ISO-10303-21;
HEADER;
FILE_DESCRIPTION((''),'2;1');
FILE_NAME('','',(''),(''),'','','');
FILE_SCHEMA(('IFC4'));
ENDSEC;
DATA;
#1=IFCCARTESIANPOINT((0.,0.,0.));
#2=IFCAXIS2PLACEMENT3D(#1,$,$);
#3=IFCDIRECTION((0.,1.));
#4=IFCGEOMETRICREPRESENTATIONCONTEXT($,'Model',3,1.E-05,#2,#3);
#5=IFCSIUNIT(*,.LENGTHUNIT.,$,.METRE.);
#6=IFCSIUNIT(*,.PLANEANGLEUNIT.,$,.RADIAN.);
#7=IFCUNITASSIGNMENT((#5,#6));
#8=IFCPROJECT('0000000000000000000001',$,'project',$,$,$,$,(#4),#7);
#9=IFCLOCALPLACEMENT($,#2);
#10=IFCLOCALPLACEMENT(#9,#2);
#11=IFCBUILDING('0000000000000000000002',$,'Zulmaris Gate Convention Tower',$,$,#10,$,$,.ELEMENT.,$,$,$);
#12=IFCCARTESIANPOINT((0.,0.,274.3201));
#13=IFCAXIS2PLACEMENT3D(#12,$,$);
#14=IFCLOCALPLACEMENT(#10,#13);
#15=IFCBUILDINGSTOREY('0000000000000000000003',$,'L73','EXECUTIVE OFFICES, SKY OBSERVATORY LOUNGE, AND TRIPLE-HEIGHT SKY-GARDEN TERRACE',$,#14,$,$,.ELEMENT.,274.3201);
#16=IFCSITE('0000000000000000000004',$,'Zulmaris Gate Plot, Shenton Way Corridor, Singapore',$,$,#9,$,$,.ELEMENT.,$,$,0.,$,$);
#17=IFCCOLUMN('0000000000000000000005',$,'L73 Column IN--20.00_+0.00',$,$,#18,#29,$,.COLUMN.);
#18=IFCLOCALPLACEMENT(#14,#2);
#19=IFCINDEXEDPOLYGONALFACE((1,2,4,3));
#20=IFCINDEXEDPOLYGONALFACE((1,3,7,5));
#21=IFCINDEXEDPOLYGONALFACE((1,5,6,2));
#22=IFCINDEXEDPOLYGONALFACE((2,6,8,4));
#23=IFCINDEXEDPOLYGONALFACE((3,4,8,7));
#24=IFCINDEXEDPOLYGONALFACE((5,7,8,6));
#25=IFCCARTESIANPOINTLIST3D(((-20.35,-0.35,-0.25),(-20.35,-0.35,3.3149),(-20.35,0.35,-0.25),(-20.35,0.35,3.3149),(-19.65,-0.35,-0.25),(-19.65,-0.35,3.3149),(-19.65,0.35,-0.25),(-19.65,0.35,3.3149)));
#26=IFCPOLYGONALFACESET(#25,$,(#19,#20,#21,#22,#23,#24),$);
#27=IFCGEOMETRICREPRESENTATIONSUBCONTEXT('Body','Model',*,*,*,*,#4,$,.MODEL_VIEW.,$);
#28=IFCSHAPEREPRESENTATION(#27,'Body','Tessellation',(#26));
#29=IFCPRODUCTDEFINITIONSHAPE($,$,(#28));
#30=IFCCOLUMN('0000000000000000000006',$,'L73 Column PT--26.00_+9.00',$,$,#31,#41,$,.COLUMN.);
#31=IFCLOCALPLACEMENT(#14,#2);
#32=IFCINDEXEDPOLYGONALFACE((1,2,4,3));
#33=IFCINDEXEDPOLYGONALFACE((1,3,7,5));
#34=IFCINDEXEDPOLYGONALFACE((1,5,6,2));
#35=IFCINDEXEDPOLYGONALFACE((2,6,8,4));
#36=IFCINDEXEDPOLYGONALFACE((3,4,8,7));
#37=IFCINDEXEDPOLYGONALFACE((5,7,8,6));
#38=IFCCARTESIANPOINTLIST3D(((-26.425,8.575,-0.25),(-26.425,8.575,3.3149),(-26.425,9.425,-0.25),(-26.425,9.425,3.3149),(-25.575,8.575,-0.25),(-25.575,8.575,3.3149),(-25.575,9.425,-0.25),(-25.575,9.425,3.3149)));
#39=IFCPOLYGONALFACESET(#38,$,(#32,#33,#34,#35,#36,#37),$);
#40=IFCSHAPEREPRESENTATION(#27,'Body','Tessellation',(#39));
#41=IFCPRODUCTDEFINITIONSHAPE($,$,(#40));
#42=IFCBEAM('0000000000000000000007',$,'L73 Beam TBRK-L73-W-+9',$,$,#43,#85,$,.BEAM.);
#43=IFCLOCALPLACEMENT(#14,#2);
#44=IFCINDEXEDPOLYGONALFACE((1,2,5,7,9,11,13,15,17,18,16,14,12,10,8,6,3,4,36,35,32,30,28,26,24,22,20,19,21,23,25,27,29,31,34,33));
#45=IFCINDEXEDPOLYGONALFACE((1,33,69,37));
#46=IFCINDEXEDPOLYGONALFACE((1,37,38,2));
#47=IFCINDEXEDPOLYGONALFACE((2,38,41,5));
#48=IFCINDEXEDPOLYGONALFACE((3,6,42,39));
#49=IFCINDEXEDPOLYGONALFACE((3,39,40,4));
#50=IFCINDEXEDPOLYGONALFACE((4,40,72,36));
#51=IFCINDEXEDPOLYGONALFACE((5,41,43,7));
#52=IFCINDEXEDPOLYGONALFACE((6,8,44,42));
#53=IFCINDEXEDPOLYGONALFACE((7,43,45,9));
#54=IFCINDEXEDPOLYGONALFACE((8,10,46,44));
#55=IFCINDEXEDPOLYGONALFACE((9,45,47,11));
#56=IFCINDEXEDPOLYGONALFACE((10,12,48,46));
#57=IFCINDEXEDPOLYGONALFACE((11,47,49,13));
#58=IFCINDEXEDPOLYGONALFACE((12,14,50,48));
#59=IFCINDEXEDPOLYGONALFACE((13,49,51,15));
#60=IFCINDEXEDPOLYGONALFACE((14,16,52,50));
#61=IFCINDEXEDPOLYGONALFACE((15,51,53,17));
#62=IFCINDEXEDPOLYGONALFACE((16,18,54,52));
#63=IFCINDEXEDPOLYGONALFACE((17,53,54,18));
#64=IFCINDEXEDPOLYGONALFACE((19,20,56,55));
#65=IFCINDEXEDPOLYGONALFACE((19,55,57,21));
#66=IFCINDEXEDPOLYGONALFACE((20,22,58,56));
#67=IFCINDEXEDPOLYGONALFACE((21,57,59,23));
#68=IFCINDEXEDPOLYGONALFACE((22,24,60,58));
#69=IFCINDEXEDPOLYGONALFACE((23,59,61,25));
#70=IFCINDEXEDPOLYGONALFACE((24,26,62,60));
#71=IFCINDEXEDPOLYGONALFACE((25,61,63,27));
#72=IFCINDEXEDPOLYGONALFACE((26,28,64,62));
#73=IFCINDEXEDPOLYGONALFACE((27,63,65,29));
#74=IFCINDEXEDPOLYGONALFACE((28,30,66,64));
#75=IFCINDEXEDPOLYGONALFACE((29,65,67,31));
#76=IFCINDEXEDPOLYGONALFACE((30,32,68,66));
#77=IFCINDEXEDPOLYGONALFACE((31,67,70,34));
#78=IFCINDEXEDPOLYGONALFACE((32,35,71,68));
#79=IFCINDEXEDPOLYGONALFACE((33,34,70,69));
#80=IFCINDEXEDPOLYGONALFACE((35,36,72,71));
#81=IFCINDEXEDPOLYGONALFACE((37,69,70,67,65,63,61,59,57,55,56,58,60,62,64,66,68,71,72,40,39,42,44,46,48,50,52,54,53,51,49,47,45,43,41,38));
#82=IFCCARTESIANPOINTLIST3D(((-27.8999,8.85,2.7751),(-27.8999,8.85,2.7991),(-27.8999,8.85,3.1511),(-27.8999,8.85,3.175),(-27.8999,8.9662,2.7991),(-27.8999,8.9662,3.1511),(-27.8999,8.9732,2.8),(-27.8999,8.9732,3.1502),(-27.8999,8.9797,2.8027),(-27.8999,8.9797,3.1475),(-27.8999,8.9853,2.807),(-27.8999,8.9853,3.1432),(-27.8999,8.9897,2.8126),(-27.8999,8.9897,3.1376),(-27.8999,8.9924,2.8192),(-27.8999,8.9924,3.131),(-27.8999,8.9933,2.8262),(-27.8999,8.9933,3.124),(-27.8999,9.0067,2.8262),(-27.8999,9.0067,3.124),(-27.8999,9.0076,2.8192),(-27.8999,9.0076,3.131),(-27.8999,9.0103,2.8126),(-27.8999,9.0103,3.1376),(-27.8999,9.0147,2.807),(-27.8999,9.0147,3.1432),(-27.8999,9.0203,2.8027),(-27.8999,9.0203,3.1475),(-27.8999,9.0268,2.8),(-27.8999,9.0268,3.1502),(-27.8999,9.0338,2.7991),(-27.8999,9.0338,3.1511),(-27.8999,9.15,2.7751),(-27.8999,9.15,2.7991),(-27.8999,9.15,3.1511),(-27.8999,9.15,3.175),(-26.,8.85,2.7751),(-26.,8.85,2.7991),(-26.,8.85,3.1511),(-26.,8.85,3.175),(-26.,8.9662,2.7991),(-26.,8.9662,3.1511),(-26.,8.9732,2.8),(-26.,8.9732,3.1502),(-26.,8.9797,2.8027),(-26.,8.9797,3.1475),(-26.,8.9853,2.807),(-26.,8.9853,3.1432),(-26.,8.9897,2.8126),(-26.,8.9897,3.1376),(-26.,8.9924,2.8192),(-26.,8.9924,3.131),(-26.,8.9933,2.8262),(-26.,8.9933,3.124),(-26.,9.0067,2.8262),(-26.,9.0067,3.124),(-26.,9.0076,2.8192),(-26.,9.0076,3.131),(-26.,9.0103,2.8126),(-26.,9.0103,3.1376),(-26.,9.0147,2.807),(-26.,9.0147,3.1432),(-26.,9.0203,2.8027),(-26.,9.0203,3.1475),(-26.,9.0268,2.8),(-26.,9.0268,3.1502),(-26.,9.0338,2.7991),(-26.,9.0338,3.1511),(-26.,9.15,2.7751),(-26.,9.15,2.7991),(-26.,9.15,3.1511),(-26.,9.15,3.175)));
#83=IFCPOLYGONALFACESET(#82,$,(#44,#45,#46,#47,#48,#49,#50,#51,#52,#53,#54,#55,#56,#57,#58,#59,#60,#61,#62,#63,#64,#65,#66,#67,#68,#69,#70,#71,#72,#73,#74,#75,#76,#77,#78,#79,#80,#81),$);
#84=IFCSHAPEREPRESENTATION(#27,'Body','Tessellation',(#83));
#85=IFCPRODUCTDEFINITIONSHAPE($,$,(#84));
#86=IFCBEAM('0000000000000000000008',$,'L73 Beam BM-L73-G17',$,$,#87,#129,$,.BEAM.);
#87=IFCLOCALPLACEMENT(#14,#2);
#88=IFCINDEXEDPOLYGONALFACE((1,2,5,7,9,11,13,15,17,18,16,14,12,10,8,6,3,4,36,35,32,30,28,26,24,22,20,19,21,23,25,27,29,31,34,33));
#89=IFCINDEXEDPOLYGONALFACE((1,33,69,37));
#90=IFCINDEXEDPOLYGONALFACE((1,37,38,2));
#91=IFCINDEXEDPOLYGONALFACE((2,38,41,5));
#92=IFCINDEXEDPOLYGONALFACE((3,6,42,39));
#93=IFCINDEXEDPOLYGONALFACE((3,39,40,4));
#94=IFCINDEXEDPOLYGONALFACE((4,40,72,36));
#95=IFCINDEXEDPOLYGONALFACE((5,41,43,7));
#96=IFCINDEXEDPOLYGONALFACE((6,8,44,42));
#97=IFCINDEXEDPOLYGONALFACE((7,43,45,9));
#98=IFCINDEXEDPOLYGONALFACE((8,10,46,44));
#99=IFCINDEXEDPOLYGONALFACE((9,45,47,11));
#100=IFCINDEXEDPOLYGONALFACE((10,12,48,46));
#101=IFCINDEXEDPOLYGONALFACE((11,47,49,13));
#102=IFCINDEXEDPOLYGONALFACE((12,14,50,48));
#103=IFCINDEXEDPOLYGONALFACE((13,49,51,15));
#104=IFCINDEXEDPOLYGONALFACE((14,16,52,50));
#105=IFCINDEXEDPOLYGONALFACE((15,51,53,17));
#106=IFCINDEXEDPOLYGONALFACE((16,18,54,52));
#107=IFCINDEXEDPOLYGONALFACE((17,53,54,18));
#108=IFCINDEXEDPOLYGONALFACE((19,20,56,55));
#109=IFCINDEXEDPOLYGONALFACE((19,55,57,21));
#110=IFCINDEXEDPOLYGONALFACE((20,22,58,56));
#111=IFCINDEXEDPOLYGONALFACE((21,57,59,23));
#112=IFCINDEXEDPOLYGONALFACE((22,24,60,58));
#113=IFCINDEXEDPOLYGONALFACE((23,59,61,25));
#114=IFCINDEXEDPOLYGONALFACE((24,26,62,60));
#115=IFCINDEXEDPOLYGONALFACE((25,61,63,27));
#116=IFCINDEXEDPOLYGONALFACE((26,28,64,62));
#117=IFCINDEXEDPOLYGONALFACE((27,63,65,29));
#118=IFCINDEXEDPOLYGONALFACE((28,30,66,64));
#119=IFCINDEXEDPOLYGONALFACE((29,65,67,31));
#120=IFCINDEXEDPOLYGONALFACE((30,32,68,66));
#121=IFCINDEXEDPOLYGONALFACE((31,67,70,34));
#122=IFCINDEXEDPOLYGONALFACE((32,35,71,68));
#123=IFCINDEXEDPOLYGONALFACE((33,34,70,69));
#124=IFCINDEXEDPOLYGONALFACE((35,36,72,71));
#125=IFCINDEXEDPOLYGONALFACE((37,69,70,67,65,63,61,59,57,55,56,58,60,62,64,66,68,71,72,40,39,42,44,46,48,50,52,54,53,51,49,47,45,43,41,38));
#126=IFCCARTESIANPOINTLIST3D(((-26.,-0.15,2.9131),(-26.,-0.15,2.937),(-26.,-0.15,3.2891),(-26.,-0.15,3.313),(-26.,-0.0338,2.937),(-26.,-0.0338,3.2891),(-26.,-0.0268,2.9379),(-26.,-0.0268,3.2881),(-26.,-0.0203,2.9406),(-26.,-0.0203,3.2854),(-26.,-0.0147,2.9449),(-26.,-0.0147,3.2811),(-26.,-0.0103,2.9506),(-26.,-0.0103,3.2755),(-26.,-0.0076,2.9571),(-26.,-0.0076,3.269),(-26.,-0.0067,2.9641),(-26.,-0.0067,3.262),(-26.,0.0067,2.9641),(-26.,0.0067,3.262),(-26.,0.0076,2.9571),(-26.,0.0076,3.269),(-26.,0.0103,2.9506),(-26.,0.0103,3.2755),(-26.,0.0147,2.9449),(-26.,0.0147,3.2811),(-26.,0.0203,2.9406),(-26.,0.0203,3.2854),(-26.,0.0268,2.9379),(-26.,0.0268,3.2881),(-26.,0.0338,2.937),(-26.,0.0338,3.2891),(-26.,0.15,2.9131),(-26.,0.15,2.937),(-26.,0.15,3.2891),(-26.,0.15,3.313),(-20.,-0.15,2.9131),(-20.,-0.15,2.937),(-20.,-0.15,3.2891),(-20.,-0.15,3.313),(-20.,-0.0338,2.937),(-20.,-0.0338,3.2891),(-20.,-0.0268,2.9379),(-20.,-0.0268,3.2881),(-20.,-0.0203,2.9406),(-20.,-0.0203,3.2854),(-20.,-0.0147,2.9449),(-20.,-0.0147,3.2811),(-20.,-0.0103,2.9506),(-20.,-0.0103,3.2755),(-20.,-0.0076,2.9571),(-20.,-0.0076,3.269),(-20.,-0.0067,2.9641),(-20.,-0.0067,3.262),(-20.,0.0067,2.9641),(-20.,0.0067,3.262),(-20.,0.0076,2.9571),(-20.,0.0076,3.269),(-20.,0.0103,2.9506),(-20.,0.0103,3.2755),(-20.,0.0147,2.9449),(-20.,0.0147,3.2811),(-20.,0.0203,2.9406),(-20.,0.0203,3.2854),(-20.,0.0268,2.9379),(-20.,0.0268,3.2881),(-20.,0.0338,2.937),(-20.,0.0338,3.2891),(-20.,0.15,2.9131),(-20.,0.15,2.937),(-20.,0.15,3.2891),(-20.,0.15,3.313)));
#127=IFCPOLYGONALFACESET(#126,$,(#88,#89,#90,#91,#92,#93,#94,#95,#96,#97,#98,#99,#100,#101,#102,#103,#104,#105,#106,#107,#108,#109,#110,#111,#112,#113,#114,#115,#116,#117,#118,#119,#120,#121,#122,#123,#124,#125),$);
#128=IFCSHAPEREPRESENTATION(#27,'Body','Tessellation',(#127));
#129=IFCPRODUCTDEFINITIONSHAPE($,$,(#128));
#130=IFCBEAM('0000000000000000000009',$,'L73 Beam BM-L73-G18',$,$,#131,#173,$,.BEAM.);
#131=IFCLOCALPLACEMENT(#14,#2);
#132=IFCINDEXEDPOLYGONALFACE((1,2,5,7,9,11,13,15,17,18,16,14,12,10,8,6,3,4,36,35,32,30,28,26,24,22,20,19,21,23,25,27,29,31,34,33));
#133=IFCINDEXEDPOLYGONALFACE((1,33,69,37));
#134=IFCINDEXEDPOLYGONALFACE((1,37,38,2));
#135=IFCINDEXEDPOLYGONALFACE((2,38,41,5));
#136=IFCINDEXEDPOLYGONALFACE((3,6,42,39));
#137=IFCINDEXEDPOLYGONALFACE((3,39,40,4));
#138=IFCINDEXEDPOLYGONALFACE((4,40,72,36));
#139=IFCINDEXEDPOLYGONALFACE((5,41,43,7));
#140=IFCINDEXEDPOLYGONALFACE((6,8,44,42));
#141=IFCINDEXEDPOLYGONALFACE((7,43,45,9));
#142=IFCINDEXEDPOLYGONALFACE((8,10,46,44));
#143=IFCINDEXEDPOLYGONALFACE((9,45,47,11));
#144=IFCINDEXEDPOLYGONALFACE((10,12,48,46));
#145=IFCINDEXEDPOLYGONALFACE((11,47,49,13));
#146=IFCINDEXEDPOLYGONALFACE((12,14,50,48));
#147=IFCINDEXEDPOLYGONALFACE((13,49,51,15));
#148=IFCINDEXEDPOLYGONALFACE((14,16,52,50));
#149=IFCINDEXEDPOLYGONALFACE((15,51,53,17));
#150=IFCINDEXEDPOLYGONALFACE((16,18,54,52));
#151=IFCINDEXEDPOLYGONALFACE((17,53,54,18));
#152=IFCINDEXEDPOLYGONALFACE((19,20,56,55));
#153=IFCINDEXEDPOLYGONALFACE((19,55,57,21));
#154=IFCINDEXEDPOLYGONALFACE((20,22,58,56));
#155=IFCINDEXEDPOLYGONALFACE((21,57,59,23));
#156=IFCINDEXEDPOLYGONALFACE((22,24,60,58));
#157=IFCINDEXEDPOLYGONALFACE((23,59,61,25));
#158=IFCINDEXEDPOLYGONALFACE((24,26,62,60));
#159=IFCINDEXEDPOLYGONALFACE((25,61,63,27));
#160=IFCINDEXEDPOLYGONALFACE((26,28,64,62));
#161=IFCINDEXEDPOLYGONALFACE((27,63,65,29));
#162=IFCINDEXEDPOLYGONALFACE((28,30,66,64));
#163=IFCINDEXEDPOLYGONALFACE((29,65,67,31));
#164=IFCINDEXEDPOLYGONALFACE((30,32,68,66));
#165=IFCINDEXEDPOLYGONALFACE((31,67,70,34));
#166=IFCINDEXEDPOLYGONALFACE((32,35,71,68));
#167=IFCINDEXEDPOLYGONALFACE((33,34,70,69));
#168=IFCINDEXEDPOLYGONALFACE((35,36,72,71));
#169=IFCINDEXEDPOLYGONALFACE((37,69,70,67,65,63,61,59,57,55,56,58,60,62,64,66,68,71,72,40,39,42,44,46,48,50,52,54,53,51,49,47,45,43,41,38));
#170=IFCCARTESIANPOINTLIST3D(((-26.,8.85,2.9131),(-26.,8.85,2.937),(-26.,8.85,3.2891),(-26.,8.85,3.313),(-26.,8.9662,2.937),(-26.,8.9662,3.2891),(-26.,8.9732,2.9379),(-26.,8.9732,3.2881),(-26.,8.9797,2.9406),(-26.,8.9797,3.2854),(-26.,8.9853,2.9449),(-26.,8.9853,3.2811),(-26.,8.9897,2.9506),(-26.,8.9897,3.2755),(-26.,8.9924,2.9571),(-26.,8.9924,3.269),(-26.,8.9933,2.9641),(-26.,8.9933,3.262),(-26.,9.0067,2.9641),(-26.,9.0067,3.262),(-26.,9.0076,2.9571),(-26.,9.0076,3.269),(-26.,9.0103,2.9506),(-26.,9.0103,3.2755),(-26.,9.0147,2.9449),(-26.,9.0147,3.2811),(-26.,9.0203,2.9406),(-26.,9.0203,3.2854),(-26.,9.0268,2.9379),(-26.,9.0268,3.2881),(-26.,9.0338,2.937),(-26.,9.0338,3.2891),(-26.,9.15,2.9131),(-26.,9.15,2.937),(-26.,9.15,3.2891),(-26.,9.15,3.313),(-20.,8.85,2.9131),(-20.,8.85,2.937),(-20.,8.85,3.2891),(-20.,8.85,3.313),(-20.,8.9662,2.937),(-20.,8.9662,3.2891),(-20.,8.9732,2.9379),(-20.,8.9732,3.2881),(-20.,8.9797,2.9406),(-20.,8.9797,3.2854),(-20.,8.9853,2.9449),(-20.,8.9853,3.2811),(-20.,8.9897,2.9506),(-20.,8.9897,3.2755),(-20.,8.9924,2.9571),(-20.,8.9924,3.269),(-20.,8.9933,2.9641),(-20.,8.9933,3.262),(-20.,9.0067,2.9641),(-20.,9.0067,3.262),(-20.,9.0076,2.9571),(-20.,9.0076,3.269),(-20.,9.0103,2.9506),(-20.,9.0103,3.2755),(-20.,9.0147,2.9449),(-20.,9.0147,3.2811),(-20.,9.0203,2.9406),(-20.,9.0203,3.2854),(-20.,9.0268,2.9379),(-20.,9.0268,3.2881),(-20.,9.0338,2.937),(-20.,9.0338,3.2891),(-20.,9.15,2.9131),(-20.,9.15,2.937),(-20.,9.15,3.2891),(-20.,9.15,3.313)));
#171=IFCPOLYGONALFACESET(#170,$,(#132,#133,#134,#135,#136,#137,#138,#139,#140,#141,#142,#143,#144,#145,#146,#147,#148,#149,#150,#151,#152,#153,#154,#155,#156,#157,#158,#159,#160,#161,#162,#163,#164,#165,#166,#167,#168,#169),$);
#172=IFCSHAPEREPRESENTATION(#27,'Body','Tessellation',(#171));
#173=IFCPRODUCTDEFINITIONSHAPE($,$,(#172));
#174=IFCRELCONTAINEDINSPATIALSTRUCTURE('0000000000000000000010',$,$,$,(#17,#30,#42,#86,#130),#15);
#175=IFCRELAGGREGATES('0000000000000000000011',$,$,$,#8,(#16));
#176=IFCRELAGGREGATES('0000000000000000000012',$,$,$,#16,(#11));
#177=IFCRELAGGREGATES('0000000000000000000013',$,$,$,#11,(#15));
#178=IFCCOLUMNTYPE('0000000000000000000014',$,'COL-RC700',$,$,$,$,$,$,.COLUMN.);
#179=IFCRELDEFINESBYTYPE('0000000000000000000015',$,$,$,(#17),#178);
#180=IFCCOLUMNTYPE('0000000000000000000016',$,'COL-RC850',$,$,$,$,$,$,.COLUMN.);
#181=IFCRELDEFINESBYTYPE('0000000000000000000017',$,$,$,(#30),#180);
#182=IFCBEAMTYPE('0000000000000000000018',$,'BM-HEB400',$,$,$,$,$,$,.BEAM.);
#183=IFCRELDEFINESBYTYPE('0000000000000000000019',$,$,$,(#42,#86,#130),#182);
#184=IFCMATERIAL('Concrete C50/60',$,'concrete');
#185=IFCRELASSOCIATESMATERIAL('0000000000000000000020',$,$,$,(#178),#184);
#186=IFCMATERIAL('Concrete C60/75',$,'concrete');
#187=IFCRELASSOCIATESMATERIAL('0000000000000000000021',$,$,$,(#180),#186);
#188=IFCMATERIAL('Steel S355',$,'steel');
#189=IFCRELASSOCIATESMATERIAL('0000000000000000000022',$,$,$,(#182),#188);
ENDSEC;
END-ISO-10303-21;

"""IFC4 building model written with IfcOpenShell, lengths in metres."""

from ifc_helpers import new_model, si_unit, direction, frame, origin, origin_2d, place, context, subcontext, project, spatial, rectangle, i_section, extrude, material, material_profile, profile_set, type_object, element, save


model = new_model("IFC4")

# Units and contexts
model_context = context("Model", 3, precision=1e-05, world=origin(), true_north=direction((0.0, 1.0)))
body_context = subcontext(model_context, "Body", "Model", "MODEL_VIEW")
ifc_project = project(units=[si_unit("LENGTHUNIT", "METRE"), si_unit("PLANEANGLEUNIT", "RADIAN")], contexts=[model_context])

# Site, building, storey
site_placement = place(None, origin())
site = spatial("IfcSite", under=ifc_project, at=site_placement, Name="Zulmaris Gate Plot, Shenton Way Corridor, Singapore", CompositionType="ELEMENT", RefElevation=0.0)
building_placement = place(site_placement, origin())
building = spatial("IfcBuilding", under=site, at=building_placement, Name="Zulmaris Gate Convention Tower", CompositionType="ELEMENT")
storey_placement = place(building_placement, frame((0.0, 0.0, 274.3201)))
storey = spatial("IfcBuildingStorey", under=building, at=storey_placement, Name="L73", Description="EXECUTIVE OFFICES, SKY OBSERVATORY LOUNGE, AND TRIPLE-HEIGHT SKY-GARDEN TERRACE", CompositionType="ELEMENT", Elevation=274.3201)

# Columns
ifc_material_1 = material(Name="Concrete C50/60", Category="concrete")
ifc_material_profile_1 = material_profile(ifc_material_1, rectangle(XDim=0.7, YDim=0.7, at=origin_2d()), Name="RC COL 700x700")
ifc_profile_set_1 = profile_set([ifc_material_profile_1], Name="Concrete C50/60")
column_type_1 = type_object("IfcColumnType", Name="COL-RC700", PredefinedType="COLUMN", material=ifc_profile_set_1)
column_1_placement = place(storey_placement, frame((-20.0, 0.0, -0.25), z_axis=(0.0, 0.0, 1.0), x_axis=(1.0, 0.0, 0.0)))
element("IfcColumn", 1, at=column_1_placement, inside=storey, type_object=column_type_1, Name="L73 Column IN--20.00_+0.00", PredefinedType="COLUMN", context=body_context, shape_type="SweptSolid", body=[
    extrude(rectangle(XDim=0.7, YDim=0.7, at=origin_2d()), origin(), (0.0, 0.0, 1.0), 3.5649),
])
ifc_material_2 = material(Name="Concrete C60/75", Category="concrete")
ifc_material_profile_2 = material_profile(ifc_material_2, rectangle(XDim=0.8501, YDim=0.8501, at=origin_2d()), Name="RC COL 850x850")
ifc_profile_set_2 = profile_set([ifc_material_profile_2], Name="Concrete C60/75")
column_type_2 = type_object("IfcColumnType", Name="COL-RC850", PredefinedType="COLUMN", material=ifc_profile_set_2)
column_2_placement = place(storey_placement, frame((-26.0, 9.0, -0.25), z_axis=(0.0, 0.0, 1.0), x_axis=(1.0, 0.0, 0.0)))
element("IfcColumn", 2, at=column_2_placement, inside=storey, type_object=column_type_2, Name="L73 Column PT--26.00_+9.00", PredefinedType="COLUMN", context=body_context, shape_type="SweptSolid", body=[
    extrude(rectangle(XDim=0.8501, YDim=0.8501, at=origin_2d()), origin(), (0.0, 0.0, 1.0), 3.5649),
])

# Beams
ifc_material_3 = material(Name="Steel S355", Category="steel")
ifc_material_profile_3 = material_profile(ifc_material_3, i_section(OverallWidth=0.3, OverallDepth=0.3999, WebThickness=0.0134, FlangeThickness=0.0239, FilletRadius=0.0271, at=origin_2d()), Name="HEB 400")
ifc_profile_set_3 = profile_set([ifc_material_profile_3], Name="Steel S355")
beam_type_1 = type_object("IfcBeamType", Name="BM-HEB400", PredefinedType="BEAM", material=ifc_profile_set_3)
beam_1_placement = place(storey_placement, frame((-27.8999, 9.0, 2.9751), z_axis=(1.0, 0.0, 0.0), x_axis=(0.0, 1.0, 0.0)))
element("IfcBeam", 3, at=beam_1_placement, inside=storey, type_object=beam_type_1, Name="L73 Beam TBRK-L73-W-+9", PredefinedType="BEAM", context=body_context, shape_type="SweptSolid", body=[
    extrude(i_section(OverallWidth=0.3, OverallDepth=0.3999, WebThickness=0.0134, FlangeThickness=0.0239, FilletRadius=0.0271, at=origin_2d()), origin(), (0.0, 0.0, 1.0), 1.8999),
])
for number, where, z_axis, x_axis, name in (
    (4, (-26.0, 0.0, 3.113), (1.0, 0.0, 0.0), (0.0, 1.0, 0.0), "L73 Beam BM-L73-G17"),
    (5, (-26.0, 9.0, 3.113), (1.0, 0.0, 0.0), (0.0, 1.0, 0.0), "L73 Beam BM-L73-G18"),
):
    element("IfcBeam", number, at=place(storey_placement, frame(where, z_axis=z_axis, x_axis=x_axis)), inside=storey, type_object=beam_type_1, Name=name, PredefinedType="BEAM", context=body_context, shape_type="SweptSolid", body=[
        extrude(i_section(OverallWidth=0.3, OverallDepth=0.3999, WebThickness=0.0134, FlangeThickness=0.0239, FilletRadius=0.0271, at=origin_2d()), origin(), (0.0, 0.0, 1.0), 6.0),
    ])

save(model, "model.ifc")
